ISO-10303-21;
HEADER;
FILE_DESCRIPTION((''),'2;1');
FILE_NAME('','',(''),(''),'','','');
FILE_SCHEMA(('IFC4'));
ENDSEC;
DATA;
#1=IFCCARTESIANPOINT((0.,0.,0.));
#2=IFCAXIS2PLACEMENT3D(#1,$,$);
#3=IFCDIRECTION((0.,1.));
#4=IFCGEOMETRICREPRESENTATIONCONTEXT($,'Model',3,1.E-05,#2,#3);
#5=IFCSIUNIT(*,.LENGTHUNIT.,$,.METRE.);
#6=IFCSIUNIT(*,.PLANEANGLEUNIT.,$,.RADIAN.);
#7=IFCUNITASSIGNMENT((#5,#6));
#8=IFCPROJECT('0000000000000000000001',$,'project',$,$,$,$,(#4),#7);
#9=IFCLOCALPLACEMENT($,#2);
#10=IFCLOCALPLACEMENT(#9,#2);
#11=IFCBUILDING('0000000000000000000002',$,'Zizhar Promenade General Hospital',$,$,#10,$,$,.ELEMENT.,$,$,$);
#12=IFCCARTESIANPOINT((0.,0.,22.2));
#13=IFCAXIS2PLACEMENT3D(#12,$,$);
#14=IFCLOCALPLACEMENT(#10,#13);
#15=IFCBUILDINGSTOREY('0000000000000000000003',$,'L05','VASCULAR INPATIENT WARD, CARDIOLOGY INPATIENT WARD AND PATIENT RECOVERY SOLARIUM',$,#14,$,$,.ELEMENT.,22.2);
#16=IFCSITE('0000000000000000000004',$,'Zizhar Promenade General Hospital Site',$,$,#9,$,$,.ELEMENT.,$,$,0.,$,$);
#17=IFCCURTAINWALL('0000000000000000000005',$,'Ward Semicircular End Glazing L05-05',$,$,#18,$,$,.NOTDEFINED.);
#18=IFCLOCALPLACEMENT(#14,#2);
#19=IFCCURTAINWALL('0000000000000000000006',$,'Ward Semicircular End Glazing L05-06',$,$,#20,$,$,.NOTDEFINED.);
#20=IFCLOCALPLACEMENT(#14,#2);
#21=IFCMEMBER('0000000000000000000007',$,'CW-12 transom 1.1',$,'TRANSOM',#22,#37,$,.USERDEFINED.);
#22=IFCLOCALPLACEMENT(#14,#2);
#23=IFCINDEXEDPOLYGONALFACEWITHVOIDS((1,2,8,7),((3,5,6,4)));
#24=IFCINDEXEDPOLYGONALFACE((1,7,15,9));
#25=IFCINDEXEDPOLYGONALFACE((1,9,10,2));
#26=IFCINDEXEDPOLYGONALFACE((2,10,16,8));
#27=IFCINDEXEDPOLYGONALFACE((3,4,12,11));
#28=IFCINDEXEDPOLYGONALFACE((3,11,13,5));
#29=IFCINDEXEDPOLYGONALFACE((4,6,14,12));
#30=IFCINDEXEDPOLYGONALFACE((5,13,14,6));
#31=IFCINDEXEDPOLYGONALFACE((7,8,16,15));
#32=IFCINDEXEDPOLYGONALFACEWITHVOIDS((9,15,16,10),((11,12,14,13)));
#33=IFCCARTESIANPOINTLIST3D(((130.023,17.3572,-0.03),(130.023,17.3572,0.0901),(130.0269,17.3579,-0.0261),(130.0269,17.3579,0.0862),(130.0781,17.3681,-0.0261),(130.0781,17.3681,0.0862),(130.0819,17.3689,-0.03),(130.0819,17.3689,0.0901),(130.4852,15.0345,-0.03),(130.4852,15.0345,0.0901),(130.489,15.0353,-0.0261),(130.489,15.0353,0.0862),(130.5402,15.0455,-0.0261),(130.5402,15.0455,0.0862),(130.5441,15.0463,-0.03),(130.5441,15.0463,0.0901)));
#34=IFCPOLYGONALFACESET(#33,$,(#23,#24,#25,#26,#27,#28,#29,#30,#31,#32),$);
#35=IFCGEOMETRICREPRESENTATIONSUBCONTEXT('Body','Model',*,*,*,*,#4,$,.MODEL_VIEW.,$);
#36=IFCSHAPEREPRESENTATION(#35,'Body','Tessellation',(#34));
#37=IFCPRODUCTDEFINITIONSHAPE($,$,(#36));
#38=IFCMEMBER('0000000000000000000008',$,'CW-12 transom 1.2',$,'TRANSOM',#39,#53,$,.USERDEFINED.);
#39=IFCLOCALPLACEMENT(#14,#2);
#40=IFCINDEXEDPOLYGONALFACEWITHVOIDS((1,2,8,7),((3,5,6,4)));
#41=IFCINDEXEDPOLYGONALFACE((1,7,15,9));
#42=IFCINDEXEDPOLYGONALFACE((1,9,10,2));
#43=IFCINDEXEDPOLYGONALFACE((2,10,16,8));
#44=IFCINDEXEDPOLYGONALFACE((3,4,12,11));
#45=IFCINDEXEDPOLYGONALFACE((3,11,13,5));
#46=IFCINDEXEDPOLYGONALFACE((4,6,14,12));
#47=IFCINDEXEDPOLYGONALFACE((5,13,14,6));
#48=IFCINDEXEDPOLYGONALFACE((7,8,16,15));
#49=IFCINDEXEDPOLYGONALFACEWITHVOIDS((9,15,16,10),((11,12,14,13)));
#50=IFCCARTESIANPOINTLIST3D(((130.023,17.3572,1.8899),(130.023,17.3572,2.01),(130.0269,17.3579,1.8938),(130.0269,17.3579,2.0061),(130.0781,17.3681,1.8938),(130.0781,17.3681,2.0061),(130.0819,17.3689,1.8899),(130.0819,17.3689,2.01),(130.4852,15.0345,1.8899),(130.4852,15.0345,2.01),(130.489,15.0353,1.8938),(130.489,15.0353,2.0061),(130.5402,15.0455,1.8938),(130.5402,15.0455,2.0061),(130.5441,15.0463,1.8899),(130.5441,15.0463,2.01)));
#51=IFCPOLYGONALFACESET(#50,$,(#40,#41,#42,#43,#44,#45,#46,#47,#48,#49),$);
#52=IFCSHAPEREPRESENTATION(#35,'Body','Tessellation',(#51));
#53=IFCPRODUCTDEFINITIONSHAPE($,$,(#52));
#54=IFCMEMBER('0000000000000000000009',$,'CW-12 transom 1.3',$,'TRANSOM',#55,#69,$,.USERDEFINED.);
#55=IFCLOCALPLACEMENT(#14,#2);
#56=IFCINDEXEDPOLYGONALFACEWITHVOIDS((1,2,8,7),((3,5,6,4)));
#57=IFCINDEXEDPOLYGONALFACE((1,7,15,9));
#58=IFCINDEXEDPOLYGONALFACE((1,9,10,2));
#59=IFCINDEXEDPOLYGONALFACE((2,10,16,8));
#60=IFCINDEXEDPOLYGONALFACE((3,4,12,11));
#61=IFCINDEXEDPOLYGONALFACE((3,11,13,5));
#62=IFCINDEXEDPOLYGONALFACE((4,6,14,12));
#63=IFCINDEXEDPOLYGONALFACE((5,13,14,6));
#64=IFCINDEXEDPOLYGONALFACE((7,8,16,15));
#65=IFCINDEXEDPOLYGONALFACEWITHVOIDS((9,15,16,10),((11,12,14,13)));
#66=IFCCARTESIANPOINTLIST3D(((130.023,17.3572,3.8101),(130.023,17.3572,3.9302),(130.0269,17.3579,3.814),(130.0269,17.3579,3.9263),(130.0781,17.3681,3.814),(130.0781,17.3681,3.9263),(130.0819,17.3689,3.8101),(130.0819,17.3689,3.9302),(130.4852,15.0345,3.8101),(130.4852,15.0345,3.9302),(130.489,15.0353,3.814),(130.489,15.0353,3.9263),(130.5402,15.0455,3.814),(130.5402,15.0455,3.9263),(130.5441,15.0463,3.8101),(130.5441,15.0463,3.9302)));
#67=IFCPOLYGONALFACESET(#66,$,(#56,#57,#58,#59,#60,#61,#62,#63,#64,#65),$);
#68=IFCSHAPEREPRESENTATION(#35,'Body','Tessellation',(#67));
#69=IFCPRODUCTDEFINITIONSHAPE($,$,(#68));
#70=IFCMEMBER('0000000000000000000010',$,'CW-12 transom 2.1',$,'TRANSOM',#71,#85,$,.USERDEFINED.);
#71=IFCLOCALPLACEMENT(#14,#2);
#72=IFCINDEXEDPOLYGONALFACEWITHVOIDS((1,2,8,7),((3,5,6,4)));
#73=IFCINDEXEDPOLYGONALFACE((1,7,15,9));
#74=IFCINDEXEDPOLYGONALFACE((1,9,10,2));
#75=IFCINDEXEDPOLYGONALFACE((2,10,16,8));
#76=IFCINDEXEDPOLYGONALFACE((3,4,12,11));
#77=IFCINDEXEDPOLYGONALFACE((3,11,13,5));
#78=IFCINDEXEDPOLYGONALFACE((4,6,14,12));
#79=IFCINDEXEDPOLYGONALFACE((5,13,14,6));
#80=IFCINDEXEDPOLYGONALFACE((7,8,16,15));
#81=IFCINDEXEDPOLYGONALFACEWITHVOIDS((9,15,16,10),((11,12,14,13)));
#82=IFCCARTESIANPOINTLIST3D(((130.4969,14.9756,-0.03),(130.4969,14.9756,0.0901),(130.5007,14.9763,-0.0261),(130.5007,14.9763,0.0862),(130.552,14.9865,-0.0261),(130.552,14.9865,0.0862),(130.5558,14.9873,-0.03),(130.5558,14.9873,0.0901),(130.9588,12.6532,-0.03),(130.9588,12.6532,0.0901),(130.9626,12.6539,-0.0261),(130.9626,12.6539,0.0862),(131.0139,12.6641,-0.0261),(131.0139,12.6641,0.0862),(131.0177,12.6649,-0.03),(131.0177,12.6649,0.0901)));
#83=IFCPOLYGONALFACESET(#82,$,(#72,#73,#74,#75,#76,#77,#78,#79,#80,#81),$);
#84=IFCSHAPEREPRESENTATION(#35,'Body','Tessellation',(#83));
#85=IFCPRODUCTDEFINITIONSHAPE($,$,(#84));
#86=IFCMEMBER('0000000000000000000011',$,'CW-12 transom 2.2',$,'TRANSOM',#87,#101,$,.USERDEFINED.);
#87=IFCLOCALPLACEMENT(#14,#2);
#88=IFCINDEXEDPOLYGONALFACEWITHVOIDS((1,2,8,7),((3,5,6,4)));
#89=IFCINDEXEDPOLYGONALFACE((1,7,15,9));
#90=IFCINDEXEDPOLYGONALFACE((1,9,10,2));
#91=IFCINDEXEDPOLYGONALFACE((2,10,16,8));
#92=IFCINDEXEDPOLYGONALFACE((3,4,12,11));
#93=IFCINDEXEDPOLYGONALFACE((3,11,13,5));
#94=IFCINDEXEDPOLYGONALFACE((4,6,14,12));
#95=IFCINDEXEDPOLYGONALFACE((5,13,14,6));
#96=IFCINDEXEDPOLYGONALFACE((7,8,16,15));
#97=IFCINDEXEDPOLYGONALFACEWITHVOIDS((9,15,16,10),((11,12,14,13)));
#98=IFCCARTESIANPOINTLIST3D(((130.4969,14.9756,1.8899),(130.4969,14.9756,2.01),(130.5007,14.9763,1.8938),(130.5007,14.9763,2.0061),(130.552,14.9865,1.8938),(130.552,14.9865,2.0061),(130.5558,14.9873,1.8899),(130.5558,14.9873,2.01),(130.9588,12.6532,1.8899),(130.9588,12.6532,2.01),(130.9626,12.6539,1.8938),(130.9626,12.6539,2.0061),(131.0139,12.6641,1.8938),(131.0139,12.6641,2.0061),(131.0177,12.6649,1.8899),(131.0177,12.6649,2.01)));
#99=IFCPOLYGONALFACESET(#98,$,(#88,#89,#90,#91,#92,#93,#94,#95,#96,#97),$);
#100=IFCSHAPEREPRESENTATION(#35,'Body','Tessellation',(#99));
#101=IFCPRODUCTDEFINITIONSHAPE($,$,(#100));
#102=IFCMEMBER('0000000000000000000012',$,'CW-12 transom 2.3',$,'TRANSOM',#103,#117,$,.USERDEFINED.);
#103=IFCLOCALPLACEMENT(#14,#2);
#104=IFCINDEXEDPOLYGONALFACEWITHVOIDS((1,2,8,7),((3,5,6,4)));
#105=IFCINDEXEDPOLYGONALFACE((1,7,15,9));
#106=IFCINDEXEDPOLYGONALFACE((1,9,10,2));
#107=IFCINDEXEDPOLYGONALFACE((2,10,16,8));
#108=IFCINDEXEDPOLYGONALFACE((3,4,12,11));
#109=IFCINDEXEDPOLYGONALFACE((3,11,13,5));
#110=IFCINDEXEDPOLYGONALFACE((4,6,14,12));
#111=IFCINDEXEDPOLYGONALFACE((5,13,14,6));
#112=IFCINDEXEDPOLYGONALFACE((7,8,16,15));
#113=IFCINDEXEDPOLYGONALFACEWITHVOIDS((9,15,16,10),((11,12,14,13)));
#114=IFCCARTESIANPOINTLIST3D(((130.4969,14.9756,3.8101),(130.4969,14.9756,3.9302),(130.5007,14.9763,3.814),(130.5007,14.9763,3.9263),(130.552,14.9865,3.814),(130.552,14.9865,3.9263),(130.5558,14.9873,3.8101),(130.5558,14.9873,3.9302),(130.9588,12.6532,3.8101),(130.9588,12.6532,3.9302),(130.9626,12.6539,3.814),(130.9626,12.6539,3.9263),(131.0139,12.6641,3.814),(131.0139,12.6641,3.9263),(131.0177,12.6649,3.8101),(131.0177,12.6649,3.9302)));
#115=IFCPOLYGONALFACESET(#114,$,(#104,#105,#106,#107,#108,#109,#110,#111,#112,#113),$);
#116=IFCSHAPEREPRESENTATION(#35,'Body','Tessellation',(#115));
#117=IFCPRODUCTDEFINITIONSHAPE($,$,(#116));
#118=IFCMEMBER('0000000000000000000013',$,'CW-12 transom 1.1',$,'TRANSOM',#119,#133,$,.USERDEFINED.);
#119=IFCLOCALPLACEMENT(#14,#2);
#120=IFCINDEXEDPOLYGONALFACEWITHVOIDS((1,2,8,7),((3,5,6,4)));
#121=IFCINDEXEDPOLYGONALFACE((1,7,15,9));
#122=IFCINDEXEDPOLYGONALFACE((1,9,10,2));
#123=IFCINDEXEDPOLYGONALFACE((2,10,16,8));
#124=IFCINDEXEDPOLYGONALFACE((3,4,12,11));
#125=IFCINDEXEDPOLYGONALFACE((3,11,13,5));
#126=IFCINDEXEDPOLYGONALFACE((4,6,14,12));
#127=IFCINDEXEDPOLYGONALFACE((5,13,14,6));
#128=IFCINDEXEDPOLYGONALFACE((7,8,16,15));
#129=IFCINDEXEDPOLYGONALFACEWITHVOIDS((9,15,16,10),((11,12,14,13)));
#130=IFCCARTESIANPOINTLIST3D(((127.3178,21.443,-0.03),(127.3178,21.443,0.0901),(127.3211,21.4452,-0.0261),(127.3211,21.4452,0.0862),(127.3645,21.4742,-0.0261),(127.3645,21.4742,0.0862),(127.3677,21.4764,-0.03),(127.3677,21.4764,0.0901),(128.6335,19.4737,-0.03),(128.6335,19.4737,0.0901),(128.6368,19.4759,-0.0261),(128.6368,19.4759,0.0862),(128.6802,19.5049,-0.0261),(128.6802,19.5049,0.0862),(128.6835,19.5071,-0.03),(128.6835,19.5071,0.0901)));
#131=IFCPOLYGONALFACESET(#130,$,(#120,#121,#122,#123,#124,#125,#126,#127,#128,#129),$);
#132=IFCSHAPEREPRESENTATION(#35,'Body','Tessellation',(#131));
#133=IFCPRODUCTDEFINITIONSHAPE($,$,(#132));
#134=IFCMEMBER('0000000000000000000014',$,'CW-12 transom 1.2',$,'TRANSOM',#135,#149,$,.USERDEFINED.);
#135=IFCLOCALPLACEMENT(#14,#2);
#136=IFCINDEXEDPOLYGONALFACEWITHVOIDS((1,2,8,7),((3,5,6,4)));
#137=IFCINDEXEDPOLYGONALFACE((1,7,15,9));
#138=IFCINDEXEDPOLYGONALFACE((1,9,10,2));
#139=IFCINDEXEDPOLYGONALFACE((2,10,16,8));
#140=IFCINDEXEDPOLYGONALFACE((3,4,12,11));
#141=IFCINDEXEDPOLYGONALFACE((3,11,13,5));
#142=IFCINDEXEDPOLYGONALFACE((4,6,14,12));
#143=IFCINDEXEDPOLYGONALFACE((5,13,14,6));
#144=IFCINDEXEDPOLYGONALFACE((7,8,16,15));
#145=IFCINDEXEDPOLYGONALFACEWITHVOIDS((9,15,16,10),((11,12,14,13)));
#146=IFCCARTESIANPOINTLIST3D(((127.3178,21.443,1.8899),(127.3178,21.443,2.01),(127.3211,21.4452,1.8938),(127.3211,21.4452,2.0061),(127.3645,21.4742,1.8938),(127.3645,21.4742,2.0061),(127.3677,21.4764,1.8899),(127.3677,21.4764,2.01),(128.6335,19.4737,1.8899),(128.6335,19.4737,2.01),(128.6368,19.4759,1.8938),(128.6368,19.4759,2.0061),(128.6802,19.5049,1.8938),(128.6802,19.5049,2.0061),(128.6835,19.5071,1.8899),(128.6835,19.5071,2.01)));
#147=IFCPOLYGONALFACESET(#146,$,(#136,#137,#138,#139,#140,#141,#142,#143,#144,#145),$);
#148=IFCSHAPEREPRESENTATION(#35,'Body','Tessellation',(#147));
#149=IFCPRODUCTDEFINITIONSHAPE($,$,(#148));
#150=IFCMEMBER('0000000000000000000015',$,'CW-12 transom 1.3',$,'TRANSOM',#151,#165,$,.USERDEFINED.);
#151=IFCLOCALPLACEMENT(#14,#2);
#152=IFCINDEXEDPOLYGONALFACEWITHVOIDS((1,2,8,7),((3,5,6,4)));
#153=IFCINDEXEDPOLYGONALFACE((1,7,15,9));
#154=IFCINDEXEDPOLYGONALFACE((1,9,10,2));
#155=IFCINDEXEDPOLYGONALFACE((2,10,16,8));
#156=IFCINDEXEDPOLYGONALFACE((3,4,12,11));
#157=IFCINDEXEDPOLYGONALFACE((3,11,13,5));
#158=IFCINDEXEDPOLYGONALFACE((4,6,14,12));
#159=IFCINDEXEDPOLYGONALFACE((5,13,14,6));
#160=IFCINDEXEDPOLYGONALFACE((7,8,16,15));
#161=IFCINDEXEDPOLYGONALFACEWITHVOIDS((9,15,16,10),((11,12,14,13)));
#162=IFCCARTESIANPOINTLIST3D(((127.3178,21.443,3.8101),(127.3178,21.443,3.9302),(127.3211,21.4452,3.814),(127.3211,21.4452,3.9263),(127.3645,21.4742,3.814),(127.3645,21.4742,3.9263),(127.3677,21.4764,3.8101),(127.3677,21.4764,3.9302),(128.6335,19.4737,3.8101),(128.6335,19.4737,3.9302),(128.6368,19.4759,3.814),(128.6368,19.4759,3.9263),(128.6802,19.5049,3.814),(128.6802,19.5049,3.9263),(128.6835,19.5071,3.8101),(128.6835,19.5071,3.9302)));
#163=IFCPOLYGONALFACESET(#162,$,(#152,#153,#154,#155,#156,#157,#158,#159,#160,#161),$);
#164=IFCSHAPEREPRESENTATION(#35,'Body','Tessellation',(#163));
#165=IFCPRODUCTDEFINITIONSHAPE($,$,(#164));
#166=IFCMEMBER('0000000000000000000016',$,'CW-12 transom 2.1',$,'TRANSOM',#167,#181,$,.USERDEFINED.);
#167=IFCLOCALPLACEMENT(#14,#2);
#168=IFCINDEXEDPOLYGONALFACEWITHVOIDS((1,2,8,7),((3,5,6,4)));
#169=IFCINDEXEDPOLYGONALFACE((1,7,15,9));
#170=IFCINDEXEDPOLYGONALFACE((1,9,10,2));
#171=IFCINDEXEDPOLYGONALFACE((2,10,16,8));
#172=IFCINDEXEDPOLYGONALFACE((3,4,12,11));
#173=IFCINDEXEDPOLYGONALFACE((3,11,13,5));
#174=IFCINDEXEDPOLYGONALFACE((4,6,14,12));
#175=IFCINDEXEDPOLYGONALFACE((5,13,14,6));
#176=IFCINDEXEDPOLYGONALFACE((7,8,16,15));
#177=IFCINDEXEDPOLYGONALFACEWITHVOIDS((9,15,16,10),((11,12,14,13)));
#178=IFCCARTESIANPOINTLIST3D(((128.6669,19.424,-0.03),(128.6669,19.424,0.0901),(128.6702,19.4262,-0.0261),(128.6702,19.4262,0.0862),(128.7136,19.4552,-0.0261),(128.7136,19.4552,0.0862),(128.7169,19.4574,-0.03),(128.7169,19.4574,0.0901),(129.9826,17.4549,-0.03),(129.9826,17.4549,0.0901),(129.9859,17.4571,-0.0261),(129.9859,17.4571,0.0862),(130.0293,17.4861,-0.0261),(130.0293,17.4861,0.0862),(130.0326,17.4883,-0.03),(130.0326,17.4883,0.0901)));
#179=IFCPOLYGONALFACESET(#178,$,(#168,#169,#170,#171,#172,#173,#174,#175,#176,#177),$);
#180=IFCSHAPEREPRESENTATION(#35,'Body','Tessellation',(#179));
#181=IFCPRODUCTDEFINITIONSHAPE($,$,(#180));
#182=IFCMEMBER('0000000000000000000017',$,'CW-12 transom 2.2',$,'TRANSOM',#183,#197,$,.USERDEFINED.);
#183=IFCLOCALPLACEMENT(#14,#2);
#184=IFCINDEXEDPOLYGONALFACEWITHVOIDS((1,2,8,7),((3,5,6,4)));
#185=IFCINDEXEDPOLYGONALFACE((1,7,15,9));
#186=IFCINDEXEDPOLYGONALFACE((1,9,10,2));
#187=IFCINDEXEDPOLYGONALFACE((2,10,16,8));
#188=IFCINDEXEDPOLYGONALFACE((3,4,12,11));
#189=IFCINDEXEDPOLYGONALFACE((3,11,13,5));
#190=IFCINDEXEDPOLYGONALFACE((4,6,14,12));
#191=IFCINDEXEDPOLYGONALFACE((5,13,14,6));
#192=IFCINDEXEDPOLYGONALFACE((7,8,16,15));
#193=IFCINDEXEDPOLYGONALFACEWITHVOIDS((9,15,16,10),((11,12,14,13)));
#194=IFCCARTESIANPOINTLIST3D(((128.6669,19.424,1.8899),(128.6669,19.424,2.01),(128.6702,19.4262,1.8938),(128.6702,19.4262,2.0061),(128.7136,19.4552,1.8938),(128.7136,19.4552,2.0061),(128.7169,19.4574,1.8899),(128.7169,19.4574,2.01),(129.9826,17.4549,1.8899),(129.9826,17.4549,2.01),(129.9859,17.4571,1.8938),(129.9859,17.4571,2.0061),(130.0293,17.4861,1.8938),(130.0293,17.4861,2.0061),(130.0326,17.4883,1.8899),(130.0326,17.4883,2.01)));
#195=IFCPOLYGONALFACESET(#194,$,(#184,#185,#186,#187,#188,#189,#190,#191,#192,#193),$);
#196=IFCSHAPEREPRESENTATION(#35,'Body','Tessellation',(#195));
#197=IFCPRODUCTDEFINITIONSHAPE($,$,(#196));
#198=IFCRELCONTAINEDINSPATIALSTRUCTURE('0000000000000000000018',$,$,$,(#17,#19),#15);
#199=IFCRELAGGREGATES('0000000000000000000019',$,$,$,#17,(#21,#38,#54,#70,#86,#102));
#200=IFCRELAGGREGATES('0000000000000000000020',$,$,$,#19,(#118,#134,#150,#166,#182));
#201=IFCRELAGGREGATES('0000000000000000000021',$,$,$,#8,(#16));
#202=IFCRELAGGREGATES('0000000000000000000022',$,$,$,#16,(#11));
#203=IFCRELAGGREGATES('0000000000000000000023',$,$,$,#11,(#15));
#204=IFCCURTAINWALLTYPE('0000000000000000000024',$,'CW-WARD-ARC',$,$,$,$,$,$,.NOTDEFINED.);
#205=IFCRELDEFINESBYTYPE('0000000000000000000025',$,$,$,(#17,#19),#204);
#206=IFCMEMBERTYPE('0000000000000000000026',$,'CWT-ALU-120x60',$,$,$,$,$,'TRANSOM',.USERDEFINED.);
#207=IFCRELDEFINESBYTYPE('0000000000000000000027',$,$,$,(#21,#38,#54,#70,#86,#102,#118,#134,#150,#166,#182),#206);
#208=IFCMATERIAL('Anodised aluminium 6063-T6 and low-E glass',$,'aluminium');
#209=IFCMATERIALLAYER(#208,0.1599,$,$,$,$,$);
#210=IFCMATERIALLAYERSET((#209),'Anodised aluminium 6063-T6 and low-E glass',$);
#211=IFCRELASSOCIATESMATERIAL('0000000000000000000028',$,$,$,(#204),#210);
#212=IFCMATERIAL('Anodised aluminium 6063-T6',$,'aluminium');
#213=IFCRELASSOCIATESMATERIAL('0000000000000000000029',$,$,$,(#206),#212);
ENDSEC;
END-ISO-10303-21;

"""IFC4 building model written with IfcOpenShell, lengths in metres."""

from ifc_helpers import new_model, si_unit, direction, frame, origin, origin_2d, place, context, subcontext, project, spatial, hollow_rectangle, extrude, material, layer, layer_set, material_profile, profile_set, type_object, element, aggregate, save


model = new_model("IFC4")

# Units and contexts
model_context = context("Model", 3, precision=1e-05, world=origin(), true_north=direction((0.0, 1.0)))
body_context = subcontext(model_context, "Body", "Model", "MODEL_VIEW")
ifc_project = project(units=[si_unit("LENGTHUNIT", "METRE"), si_unit("PLANEANGLEUNIT", "RADIAN")], contexts=[model_context])

# Site, building, storey
site_placement = place(None, origin())
site = spatial("IfcSite", under=ifc_project, at=site_placement, Name="Zizhar Promenade General Hospital Site", CompositionType="ELEMENT", RefElevation=0.0)
building_placement = place(site_placement, origin())
building = spatial("IfcBuilding", under=site, at=building_placement, Name="Zizhar Promenade General Hospital", CompositionType="ELEMENT")
storey_placement = place(building_placement, frame((0.0, 0.0, 22.2)))
storey = spatial("IfcBuildingStorey", under=building, at=storey_placement, Name="L05", Description="VASCULAR INPATIENT WARD, CARDIOLOGY INPATIENT WARD AND PATIENT RECOVERY SOLARIUM", CompositionType="ELEMENT", Elevation=22.2)

# Curtain walls
ifc_material_1 = material(Name="Anodised aluminium 6063-T6 and low-E glass", Category="aluminium")
ifc_layer_1 = layer(ifc_material_1, 0.1599)
ifc_layer_set_1 = layer_set([ifc_layer_1], Name="Anodised aluminium 6063-T6 and low-E glass")
curtain_wall_type = type_object("IfcCurtainWallType", Name="CW-WARD-ARC", PredefinedType="NOTDEFINED", material=ifc_layer_set_1)
curtain_wall_1_placement = place(storey_placement, origin())
curtain_wall_1 = element("IfcCurtainWall", 1, at=curtain_wall_1_placement, inside=storey, type_object=curtain_wall_type, Name="Ward Semicircular End Glazing L05-05", PredefinedType="NOTDEFINED")
curtain_wall_2_placement = place(storey_placement, origin())
curtain_wall_2 = element("IfcCurtainWall", 2, at=curtain_wall_2_placement, inside=storey, type_object=curtain_wall_type, Name="Ward Semicircular End Glazing L05-06", PredefinedType="NOTDEFINED")

# Members
ifc_material_2 = material(Name="Anodised aluminium 6063-T6", Category="aluminium")
ifc_material_profile_1 = material_profile(ifc_material_2, hollow_rectangle(XDim=0.0601, YDim=0.1201, WallThickness=0.0039, at=origin_2d()))
ifc_profile_set_1 = profile_set([ifc_material_profile_1], Name="Anodised aluminium 6063-T6")
member_type_1 = type_object("IfcMemberType", Name="CWT-ALU-120x60", ElementType="TRANSOM", PredefinedType="USERDEFINED", material=ifc_profile_set_1)
member_1_placement = place(storey_placement, frame((130.0525, 17.363, 0.03), z_axis=(0.195145, -0.980774, 0.0), x_axis=(0.980774, 0.195145, 0.0)))
member_1 = element("IfcMember", 3, at=member_1_placement, type_object=member_type_1, Name="CW-12 transom 1.1", ObjectType="TRANSOM", PredefinedType="USERDEFINED", context=body_context, shape_type="SweptSolid", body=[
    extrude(hollow_rectangle(XDim=0.0601, YDim=0.1201, WallThickness=0.0039, at=origin_2d()), origin(), (0.0, 0.0, 1.0), 2.3682),
])
member_2_placement = place(storey_placement, frame((130.0525, 17.363, 1.95), z_axis=(0.195145, -0.980774, 0.0), x_axis=(0.980774, 0.195145, 0.0)))
member_2 = element("IfcMember", 4, at=member_2_placement, type_object=member_type_1, Name="CW-12 transom 1.2", ObjectType="TRANSOM", PredefinedType="USERDEFINED", context=body_context, shape_type="SweptSolid", body=[
    extrude(hollow_rectangle(XDim=0.0601, YDim=0.1201, WallThickness=0.0039, at=origin_2d()), origin(), (0.0, 0.0, 1.0), 2.3682),
])
member_3_placement = place(storey_placement, frame((130.0525, 17.363, 3.8701), z_axis=(0.195145, -0.980774, 0.0), x_axis=(0.980774, 0.195145, 0.0)))
member_3 = element("IfcMember", 5, at=member_3_placement, type_object=member_type_1, Name="CW-12 transom 1.3", ObjectType="TRANSOM", PredefinedType="USERDEFINED", context=body_context, shape_type="SweptSolid", body=[
    extrude(hollow_rectangle(XDim=0.0601, YDim=0.1201, WallThickness=0.0039, at=origin_2d()), origin(), (0.0, 0.0, 1.0), 2.3682),
])
member_4_placement = place(storey_placement, frame((130.5264, 14.9814, 0.03), z_axis=(0.195065, -0.98079, 0.0), x_axis=(0.98079, 0.195065, 0.0)))
member_4 = element("IfcMember", 6, at=member_4_placement, type_object=member_type_1, Name="CW-12 transom 2.1", ObjectType="TRANSOM", PredefinedType="USERDEFINED", context=body_context, shape_type="SweptSolid", body=[
    extrude(hollow_rectangle(XDim=0.0601, YDim=0.1201, WallThickness=0.0039, at=origin_2d()), origin(), (0.0, 0.0, 1.0), 2.3679),
])
member_5_placement = place(storey_placement, frame((130.5264, 14.9814, 1.95), z_axis=(0.195065, -0.98079, 0.0), x_axis=(0.98079, 0.195065, 0.0)))
member_5 = element("IfcMember", 7, at=member_5_placement, type_object=member_type_1, Name="CW-12 transom 2.2", ObjectType="TRANSOM", PredefinedType="USERDEFINED", context=body_context, shape_type="SweptSolid", body=[
    extrude(hollow_rectangle(XDim=0.0601, YDim=0.1201, WallThickness=0.0039, at=origin_2d()), origin(), (0.0, 0.0, 1.0), 2.3679),
])
member_6_placement = place(storey_placement, frame((130.5264, 14.9814, 3.8701), z_axis=(0.195065, -0.98079, 0.0), x_axis=(0.98079, 0.195065, 0.0)))
member_6 = element("IfcMember", 8, at=member_6_placement, type_object=member_type_1, Name="CW-12 transom 2.3", ObjectType="TRANSOM", PredefinedType="USERDEFINED", context=body_context, shape_type="SweptSolid", body=[
    extrude(hollow_rectangle(XDim=0.0601, YDim=0.1201, WallThickness=0.0039, at=origin_2d()), origin(), (0.0, 0.0, 1.0), 2.3679),
])
member_7_placement = place(storey_placement, frame((127.3428, 21.4597, 0.03), z_axis=(0.555533, -0.831495, 0.0), x_axis=(0.831495, 0.555533, 0.0)))
member_7 = element("IfcMember", 9, at=member_7_placement, type_object=member_type_1, Name="CW-12 transom 1.1", ObjectType="TRANSOM", PredefinedType="USERDEFINED", context=body_context, shape_type="SweptSolid", body=[
    extrude(hollow_rectangle(XDim=0.0601, YDim=0.1201, WallThickness=0.0039, at=origin_2d()), origin(), (0.0, 0.0, 1.0), 2.3684),
])
member_8_placement = place(storey_placement, frame((127.3428, 21.4597, 1.95), z_axis=(0.555533, -0.831495, 0.0), x_axis=(0.831495, 0.555533, 0.0)))
member_8 = element("IfcMember", 10, at=member_8_placement, type_object=member_type_1, Name="CW-12 transom 1.2", ObjectType="TRANSOM", PredefinedType="USERDEFINED", context=body_context, shape_type="SweptSolid", body=[
    extrude(hollow_rectangle(XDim=0.0601, YDim=0.1201, WallThickness=0.0039, at=origin_2d()), origin(), (0.0, 0.0, 1.0), 2.3684),
])
member_9_placement = place(storey_placement, frame((127.3428, 21.4597, 3.8701), z_axis=(0.555533, -0.831495, 0.0), x_axis=(0.831495, 0.555533, 0.0)))
member_9 = element("IfcMember", 11, at=member_9_placement, type_object=member_type_1, Name="CW-12 transom 1.3", ObjectType="TRANSOM", PredefinedType="USERDEFINED", context=body_context, shape_type="SweptSolid", body=[
    extrude(hollow_rectangle(XDim=0.0601, YDim=0.1201, WallThickness=0.0039, at=origin_2d()), origin(), (0.0, 0.0, 1.0), 2.3684),
])
member_10_placement = place(storey_placement, frame((128.6919, 19.4407, 0.03), z_axis=(0.55558, -0.831463, 0.0), x_axis=(0.831463, 0.55558, 0.0)))
member_10 = element("IfcMember", 12, at=member_10_placement, type_object=member_type_1, Name="CW-12 transom 2.1", ObjectType="TRANSOM", PredefinedType="USERDEFINED", context=body_context, shape_type="SweptSolid", body=[
    extrude(hollow_rectangle(XDim=0.0601, YDim=0.1201, WallThickness=0.0039, at=origin_2d()), origin(), (0.0, 0.0, 1.0), 2.3682),
])
member_11_placement = place(storey_placement, frame((128.6919, 19.4407, 1.95), z_axis=(0.55558, -0.831463, 0.0), x_axis=(0.831463, 0.55558, 0.0)))
member_11 = element("IfcMember", 13, at=member_11_placement, type_object=member_type_1, Name="CW-12 transom 2.2", ObjectType="TRANSOM", PredefinedType="USERDEFINED", context=body_context, shape_type="SweptSolid", body=[
    extrude(hollow_rectangle(XDim=0.0601, YDim=0.1201, WallThickness=0.0039, at=origin_2d()), origin(), (0.0, 0.0, 1.0), 2.3682),
])

aggregate(curtain_wall_1, [member_1, member_2, member_3, member_4, member_5, member_6])
aggregate(curtain_wall_2, [member_7, member_8, member_9, member_10, member_11])

save(model, "model.ifc")
